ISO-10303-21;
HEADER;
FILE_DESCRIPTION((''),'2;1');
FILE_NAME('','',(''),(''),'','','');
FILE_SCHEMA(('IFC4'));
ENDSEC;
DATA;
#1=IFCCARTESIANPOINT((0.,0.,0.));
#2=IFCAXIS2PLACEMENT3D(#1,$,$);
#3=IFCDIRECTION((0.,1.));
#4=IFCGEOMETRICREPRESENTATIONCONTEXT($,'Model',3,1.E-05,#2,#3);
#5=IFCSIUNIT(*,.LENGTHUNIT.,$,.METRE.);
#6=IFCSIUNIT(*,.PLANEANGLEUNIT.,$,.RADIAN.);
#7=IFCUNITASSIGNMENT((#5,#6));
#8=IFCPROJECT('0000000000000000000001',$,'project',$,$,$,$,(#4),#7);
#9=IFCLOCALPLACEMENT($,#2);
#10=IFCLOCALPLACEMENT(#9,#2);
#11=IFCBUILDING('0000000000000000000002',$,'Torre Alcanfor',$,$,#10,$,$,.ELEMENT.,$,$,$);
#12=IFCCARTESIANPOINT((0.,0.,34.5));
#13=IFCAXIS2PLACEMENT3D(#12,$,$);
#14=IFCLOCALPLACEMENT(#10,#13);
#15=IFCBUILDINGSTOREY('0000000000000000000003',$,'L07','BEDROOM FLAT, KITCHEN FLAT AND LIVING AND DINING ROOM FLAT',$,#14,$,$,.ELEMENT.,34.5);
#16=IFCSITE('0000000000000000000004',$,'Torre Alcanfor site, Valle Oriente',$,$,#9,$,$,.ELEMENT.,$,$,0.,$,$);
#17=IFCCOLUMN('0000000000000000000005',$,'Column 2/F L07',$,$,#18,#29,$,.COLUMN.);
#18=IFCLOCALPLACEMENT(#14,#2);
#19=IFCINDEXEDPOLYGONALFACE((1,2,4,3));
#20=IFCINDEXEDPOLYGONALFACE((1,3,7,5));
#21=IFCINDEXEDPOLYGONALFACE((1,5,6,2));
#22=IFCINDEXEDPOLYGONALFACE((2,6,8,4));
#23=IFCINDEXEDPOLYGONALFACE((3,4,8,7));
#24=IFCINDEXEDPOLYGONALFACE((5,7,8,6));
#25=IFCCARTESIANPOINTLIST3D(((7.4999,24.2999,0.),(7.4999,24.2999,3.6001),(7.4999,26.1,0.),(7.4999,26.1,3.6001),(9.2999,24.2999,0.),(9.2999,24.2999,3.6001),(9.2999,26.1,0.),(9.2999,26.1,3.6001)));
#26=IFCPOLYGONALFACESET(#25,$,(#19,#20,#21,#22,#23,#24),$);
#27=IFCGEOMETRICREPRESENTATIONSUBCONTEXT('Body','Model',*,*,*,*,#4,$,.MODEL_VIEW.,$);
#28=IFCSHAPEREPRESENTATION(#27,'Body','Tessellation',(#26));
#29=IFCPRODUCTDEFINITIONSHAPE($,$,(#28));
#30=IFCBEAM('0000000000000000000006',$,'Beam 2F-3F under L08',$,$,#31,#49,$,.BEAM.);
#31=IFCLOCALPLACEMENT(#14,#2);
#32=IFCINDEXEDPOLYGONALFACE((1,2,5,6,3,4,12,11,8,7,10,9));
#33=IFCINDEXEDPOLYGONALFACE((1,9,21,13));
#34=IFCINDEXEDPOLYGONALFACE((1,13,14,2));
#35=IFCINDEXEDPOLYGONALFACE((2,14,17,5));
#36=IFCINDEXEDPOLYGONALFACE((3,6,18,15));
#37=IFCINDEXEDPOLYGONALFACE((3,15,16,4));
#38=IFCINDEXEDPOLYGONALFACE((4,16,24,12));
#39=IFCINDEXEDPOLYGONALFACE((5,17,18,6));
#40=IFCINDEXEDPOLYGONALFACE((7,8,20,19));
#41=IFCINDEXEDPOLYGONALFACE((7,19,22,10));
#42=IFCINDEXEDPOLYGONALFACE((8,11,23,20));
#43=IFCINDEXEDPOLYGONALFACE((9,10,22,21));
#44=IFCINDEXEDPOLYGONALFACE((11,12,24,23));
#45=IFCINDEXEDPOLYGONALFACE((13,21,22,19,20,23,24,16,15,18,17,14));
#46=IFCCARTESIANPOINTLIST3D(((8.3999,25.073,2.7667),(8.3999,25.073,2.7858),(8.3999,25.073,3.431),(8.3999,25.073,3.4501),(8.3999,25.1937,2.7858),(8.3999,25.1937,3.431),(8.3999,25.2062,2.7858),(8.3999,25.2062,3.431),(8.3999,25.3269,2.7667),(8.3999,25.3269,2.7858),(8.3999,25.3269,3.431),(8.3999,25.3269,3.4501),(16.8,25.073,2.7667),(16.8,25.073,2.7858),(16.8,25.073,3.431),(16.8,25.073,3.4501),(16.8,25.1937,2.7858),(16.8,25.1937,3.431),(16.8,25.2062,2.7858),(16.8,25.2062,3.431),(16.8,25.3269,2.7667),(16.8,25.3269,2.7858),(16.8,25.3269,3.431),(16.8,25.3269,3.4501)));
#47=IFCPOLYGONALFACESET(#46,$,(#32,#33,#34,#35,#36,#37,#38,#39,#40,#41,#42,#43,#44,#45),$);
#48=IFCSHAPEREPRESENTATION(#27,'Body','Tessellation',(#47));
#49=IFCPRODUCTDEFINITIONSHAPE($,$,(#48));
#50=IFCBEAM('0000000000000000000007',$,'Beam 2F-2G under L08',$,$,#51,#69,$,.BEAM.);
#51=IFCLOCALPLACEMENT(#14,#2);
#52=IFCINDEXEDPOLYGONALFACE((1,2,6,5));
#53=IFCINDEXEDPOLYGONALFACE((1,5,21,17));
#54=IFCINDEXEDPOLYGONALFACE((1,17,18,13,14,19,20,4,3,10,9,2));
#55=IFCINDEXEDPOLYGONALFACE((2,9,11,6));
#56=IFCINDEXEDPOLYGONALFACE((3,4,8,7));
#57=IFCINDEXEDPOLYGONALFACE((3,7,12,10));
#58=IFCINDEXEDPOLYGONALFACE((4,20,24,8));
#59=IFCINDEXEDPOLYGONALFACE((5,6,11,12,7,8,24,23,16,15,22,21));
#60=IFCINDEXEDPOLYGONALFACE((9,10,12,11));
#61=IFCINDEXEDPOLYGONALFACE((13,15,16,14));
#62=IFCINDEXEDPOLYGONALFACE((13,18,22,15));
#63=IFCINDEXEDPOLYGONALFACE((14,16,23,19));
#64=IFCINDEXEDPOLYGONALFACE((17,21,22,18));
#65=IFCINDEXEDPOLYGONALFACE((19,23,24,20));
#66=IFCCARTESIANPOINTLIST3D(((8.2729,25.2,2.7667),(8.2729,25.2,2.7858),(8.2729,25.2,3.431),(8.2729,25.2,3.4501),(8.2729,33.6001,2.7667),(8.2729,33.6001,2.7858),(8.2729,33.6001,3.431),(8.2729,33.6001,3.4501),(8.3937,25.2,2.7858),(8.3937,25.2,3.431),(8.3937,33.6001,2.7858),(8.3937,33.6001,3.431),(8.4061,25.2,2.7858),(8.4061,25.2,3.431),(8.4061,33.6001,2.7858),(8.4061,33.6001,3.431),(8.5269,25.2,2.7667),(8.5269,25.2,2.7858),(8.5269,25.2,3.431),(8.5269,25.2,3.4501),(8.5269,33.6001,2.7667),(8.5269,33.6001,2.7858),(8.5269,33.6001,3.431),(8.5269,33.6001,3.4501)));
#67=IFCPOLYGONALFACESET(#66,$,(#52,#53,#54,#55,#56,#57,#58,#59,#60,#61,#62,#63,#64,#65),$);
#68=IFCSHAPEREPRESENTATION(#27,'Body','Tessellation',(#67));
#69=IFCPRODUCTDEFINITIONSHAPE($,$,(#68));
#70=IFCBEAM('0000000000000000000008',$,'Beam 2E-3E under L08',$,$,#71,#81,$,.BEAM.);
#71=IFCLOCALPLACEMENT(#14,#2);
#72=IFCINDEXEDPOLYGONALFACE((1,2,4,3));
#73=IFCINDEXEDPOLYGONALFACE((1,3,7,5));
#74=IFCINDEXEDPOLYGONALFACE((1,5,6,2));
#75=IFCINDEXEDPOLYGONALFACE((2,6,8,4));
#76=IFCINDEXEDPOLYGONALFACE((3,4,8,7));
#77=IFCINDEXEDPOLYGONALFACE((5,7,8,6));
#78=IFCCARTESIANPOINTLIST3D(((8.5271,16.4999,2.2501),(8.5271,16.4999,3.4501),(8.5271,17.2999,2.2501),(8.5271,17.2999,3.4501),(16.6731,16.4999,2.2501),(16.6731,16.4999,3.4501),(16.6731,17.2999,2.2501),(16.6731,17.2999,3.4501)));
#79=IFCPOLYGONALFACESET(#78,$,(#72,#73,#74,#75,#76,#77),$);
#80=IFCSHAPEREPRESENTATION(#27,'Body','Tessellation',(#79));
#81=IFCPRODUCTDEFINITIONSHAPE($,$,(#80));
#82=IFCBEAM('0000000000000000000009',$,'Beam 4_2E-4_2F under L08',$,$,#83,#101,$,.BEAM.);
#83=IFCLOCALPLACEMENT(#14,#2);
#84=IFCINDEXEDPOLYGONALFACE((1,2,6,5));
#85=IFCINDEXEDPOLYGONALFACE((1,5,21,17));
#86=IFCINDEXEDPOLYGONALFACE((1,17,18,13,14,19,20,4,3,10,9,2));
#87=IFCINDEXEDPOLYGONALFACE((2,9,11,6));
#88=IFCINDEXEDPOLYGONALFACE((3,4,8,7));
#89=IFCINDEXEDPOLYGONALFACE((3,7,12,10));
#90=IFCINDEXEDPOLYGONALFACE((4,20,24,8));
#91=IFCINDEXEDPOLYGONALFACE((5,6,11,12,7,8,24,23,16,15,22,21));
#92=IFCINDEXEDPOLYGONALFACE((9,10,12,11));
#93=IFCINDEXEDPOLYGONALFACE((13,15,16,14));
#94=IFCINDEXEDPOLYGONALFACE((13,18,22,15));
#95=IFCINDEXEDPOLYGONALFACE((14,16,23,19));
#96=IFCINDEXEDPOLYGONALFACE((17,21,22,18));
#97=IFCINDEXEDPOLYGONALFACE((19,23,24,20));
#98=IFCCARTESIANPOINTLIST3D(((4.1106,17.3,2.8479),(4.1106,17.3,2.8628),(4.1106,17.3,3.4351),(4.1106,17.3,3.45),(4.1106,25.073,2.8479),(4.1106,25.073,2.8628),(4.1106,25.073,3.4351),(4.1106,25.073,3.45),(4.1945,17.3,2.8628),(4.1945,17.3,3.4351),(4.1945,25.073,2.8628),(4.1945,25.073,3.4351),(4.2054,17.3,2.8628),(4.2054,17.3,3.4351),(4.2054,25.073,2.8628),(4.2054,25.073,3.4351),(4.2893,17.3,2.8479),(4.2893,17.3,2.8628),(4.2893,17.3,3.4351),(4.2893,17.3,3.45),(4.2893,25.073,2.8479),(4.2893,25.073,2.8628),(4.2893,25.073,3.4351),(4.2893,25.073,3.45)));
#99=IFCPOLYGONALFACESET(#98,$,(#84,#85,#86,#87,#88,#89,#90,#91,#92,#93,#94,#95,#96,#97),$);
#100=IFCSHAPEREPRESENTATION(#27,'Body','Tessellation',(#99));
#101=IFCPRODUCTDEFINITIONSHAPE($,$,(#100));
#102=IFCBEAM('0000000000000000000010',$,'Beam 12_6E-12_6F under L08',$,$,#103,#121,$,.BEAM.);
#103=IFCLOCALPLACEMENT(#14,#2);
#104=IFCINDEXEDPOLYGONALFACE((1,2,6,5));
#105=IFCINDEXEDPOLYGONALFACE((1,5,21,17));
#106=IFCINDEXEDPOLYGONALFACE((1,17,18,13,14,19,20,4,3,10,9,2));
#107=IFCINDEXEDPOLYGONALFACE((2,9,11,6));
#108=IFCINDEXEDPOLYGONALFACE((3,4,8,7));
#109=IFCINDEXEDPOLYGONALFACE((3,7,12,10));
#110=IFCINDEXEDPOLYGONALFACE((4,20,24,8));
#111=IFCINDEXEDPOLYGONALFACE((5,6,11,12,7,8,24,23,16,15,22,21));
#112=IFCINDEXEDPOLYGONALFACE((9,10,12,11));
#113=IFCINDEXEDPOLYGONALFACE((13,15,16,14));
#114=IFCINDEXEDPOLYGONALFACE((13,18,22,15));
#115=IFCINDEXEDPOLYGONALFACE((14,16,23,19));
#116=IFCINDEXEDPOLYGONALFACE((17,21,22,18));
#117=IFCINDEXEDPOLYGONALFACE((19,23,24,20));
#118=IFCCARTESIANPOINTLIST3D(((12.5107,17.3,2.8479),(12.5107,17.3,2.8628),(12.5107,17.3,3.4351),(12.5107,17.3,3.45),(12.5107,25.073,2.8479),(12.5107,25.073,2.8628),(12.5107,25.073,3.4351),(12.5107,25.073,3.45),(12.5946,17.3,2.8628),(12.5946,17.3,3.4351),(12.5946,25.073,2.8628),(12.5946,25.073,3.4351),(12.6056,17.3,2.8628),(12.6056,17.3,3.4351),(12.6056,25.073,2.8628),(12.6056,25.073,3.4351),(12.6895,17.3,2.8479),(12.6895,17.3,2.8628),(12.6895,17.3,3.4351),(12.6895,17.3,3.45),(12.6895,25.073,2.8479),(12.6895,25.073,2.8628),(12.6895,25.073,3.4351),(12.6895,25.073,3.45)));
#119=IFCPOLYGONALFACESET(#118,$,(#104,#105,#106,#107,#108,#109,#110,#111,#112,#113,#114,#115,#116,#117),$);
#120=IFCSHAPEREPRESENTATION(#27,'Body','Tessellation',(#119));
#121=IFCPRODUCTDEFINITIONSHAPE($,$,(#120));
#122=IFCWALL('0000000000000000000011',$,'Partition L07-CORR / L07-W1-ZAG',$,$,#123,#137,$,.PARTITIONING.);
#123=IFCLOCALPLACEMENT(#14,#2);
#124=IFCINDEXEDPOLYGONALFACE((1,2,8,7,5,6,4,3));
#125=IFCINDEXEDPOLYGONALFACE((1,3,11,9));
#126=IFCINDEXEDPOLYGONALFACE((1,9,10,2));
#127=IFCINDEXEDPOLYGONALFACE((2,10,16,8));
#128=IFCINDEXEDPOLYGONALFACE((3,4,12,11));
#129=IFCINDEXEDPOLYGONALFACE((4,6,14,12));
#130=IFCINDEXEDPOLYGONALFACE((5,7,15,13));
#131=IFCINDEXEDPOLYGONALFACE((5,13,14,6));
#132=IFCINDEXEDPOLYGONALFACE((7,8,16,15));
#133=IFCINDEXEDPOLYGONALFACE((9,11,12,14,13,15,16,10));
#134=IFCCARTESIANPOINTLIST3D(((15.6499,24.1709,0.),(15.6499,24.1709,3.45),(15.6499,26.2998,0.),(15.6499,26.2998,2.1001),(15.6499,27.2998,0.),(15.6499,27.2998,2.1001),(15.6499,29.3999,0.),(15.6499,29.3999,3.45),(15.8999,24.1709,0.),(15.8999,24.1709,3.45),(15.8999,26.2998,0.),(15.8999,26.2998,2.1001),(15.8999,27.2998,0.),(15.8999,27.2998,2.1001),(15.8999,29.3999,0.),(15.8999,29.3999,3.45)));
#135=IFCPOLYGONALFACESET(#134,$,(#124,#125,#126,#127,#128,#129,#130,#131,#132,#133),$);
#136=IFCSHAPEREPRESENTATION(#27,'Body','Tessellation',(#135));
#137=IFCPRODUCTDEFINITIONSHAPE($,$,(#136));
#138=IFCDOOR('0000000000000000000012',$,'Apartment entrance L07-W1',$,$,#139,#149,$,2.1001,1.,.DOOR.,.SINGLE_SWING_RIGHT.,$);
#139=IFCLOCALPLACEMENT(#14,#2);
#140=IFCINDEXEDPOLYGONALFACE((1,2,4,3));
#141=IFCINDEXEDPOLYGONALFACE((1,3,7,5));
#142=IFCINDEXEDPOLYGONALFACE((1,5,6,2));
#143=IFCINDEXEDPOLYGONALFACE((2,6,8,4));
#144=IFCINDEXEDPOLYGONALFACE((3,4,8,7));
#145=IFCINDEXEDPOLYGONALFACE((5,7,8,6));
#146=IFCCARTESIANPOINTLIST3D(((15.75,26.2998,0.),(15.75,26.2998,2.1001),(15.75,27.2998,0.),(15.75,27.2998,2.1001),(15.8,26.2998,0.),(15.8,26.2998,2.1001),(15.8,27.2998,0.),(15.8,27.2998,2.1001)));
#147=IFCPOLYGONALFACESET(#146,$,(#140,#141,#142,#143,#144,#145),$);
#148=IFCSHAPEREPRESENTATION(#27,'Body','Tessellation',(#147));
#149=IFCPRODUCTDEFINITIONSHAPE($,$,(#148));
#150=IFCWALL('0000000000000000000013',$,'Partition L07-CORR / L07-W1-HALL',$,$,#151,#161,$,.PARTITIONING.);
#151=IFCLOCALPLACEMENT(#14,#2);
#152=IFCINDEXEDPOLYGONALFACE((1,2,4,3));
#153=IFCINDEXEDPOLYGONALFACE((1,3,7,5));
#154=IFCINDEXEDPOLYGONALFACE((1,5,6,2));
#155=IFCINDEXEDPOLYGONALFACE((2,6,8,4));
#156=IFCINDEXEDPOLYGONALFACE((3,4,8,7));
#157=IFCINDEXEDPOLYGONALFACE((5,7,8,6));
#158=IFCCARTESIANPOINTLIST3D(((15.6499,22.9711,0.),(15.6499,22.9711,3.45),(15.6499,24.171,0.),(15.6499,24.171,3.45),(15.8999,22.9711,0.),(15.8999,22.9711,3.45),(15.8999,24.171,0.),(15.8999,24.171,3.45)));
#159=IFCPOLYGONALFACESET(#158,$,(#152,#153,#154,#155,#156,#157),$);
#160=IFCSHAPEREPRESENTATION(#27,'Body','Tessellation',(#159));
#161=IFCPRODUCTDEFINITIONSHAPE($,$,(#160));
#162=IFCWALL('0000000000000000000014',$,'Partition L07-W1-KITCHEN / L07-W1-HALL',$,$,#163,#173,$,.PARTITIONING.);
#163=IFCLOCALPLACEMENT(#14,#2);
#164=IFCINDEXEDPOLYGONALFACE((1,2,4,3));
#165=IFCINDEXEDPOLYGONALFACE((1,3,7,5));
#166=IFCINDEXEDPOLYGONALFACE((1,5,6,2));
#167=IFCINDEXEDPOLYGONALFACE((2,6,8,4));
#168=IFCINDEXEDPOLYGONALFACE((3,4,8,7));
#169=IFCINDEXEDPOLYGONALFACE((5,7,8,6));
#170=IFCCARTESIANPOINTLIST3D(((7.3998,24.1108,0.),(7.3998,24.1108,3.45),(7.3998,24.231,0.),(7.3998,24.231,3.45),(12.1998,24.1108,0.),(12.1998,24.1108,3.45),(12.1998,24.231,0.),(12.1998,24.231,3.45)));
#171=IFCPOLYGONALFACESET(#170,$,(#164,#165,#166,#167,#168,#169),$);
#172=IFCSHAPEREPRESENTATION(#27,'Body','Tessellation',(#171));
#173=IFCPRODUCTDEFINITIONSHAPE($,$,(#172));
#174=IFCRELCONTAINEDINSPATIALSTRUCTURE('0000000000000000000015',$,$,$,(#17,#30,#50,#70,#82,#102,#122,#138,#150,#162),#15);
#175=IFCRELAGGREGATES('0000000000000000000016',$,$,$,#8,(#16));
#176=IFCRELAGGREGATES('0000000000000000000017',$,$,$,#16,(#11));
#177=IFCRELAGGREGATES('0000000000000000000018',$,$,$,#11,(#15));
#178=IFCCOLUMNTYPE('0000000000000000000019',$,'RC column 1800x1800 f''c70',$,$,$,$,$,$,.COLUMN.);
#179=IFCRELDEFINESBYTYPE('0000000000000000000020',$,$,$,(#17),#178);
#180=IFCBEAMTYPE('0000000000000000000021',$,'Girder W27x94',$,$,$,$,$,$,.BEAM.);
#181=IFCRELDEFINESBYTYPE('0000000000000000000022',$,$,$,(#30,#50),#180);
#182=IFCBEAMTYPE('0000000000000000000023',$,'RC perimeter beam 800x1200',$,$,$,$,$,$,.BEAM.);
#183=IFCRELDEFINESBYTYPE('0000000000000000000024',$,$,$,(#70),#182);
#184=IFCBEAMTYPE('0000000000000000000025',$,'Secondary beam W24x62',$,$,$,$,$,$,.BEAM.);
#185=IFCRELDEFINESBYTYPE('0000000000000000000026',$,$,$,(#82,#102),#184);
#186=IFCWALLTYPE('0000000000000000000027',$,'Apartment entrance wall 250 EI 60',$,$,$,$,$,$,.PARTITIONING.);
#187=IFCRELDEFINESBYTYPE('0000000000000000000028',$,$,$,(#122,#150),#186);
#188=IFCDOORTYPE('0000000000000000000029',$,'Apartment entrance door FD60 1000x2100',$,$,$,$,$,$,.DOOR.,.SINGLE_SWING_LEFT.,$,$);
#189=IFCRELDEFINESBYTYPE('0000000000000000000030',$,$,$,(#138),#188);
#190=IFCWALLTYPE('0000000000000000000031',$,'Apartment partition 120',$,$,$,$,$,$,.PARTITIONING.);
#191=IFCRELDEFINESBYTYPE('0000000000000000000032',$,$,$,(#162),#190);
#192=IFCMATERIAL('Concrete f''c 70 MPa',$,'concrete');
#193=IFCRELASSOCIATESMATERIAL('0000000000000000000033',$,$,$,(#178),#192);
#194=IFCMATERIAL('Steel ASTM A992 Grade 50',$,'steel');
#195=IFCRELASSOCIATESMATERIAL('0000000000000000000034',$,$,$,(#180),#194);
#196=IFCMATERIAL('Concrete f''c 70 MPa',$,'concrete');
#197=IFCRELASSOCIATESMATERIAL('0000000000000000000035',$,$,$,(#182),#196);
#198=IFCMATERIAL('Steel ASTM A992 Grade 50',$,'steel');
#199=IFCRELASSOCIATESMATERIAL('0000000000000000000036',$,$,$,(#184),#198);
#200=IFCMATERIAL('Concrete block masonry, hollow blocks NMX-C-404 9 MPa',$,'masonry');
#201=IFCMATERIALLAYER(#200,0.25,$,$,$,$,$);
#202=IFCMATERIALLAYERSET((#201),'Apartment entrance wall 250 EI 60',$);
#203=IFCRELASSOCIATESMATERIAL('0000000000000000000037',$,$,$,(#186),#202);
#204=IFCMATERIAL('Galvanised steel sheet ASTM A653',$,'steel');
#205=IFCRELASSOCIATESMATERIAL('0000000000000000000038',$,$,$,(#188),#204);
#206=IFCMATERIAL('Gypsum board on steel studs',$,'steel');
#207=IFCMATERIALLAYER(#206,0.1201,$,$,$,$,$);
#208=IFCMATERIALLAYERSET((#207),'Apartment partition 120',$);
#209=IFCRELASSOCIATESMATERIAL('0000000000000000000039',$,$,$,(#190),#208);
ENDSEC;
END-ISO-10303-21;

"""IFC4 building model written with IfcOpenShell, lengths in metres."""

from ifc_helpers import new_model, si_unit, direction, frame, frame_2d, origin, origin_2d, place, context, subcontext, project, spatial, rectangle, i_section, extrude, material, layer, layer_set, material_profile, profile_set, type_object, element, fill, save


model = new_model("IFC4")

# Units and contexts
model_context = context("Model", 3, precision=1e-05, world=origin(), true_north=direction((0.0, 1.0)))
body_context = subcontext(model_context, "Body", "Model", "MODEL_VIEW")
ifc_project = project(units=[si_unit("LENGTHUNIT", "METRE"), si_unit("PLANEANGLEUNIT", "RADIAN")], contexts=[model_context])

# Site, building, storey
site_placement = place(None, origin())
site = spatial("IfcSite", under=ifc_project, at=site_placement, Name="Torre Alcanfor site, Valle Oriente", CompositionType="ELEMENT", RefElevation=0.0)
building_placement = place(site_placement, origin())
building = spatial("IfcBuilding", under=site, at=building_placement, Name="Torre Alcanfor", CompositionType="ELEMENT")
storey_placement = place(building_placement, frame((0.0, 0.0, 34.5)))
storey = spatial("IfcBuildingStorey", under=building, at=storey_placement, Name="L07", Description="BEDROOM FLAT, KITCHEN FLAT AND LIVING AND DINING ROOM FLAT", CompositionType="ELEMENT", Elevation=34.5)

# Column
ifc_material_1 = material(Name="Concrete f'c 70 MPa", Category="concrete")
ifc_material_profile_1 = material_profile(ifc_material_1, rectangle(XDim=1.8, YDim=1.8, at=origin_2d()), Name="1800x1800")
ifc_profile_set_1 = profile_set([ifc_material_profile_1], Name="Concrete f'c 70 MPa")
column_type = type_object("IfcColumnType", Name="RC column 1800x1800 f'c70", PredefinedType="COLUMN", material=ifc_profile_set_1)
column_placement = place(storey_placement, frame((8.3999, 25.2, 0.0), z_axis=(0.0, 0.0, 1.0), x_axis=(1.0, 0.0, 0.0)))
element("IfcColumn", 1, at=column_placement, inside=storey, type_object=column_type, Name="Column 2/F L07", PredefinedType="COLUMN", context=body_context, shape_type="SweptSolid", body=[
    extrude(rectangle(XDim=1.8, YDim=1.8, at=origin_2d()), origin(), (0.0, 0.0, 1.0), 3.6001),
])

# Beams
ifc_material_2 = material(Name="Steel ASTM A992 Grade 50", Category="steel")
ifc_material_profile_2 = material_profile(ifc_material_2, i_section(OverallWidth=0.2539, OverallDepth=0.6833, WebThickness=0.0125, FlangeThickness=0.019, at=origin_2d()), Name="W27x94")
ifc_profile_set_2 = profile_set([ifc_material_profile_2], Name="Steel ASTM A992 Grade 50")
beam_type_1 = type_object("IfcBeamType", Name="Girder W27x94", PredefinedType="BEAM", material=ifc_profile_set_2)
for number, where, z_axis, x_axis, name in (
    (2, (8.3999, 25.2, 3.1084), (1.0, 0.0, 0.0), (0.0, 1.0, 0.0), "Beam 2F-3F under L08"),
    (3, (8.3999, 25.2, 3.1084), (0.0, 1.0, 0.0), (-1.0, 0.0, 0.0), "Beam 2F-2G under L08"),
):
    element("IfcBeam", number, at=place(storey_placement, frame(where, z_axis=z_axis, x_axis=x_axis)), inside=storey, type_object=beam_type_1, Name=name, PredefinedType="BEAM", context=body_context, shape_type="SweptSolid", body=[
        extrude(i_section(OverallWidth=0.2539, OverallDepth=0.6833, WebThickness=0.0125, FlangeThickness=0.019, at=origin_2d()), origin(), (0.0, 0.0, 1.0), 8.4001),
    ])
ifc_material_3 = material(Name="Concrete f'c 70 MPa", Category="concrete")
ifc_material_profile_3 = material_profile(ifc_material_3, rectangle(XDim=0.8, YDim=1.2, at=origin_2d()), Name="800x1200")
ifc_profile_set_3 = profile_set([ifc_material_profile_3], Name="Concrete f'c 70 MPa")
beam_type_2 = type_object("IfcBeamType", Name="RC perimeter beam 800x1200", PredefinedType="BEAM", material=ifc_profile_set_3)
beam_placement = place(storey_placement, frame((8.5271, 16.8999, 2.8501), z_axis=(1.0, 0.0, 0.0), x_axis=(0.0, 1.0, 0.0)))
element("IfcBeam", 4, at=beam_placement, inside=storey, type_object=beam_type_2, Name="Beam 2E-3E under L08", PredefinedType="BEAM", context=body_context, shape_type="SweptSolid", body=[
    extrude(rectangle(XDim=0.8, YDim=1.2, at=origin_2d()), origin(), (0.0, 0.0, 1.0), 8.146),
])
ifc_material_4 = material(Name="Steel ASTM A992 Grade 50", Category="steel")
ifc_material_profile_4 = material_profile(ifc_material_4, i_section(OverallWidth=0.1787, OverallDepth=0.6021, WebThickness=0.011, FlangeThickness=0.0149, at=origin_2d()), Name="W24x62")
ifc_profile_set_4 = profile_set([ifc_material_profile_4], Name="Steel ASTM A992 Grade 50")
beam_type_3 = type_object("IfcBeamType", Name="Secondary beam W24x62", PredefinedType="BEAM", material=ifc_profile_set_4)
for number, where, z_axis, x_axis, name in (
    (5, (4.2, 17.3, 3.1489), (0.0, 1.0, 0.0), (-1.0, 0.0, 0.0), "Beam 4_2E-4_2F under L08"),
    (6, (12.6001, 17.3, 3.1489), (0.0, 1.0, 0.0), (-1.0, 0.0, 0.0), "Beam 12_6E-12_6F under L08"),
):
    element("IfcBeam", number, at=place(storey_placement, frame(where, z_axis=z_axis, x_axis=x_axis)), inside=storey, type_object=beam_type_3, Name=name, PredefinedType="BEAM", context=body_context, shape_type="SweptSolid", body=[
        extrude(i_section(OverallWidth=0.1787, OverallDepth=0.6021, WebThickness=0.011, FlangeThickness=0.0149, at=origin_2d()), origin(), (0.0, 0.0, 1.0), 7.7729),
    ])

# Wall, opening, door
ifc_material_5 = material(Name="Concrete block masonry, hollow blocks NMX-C-404 9 MPa", Category="masonry")
ifc_layer_1 = layer(ifc_material_5, 0.25)
ifc_layer_set_1 = layer_set([ifc_layer_1], Name="Apartment entrance wall 250 EI 60")
wall_type_1 = type_object("IfcWallType", Name="Apartment entrance wall 250 EI 60", PredefinedType="PARTITIONING", material=ifc_layer_set_1)
wall_1_placement = place(storey_placement, frame((15.7749, 24.1709, 0.0), z_axis=(0.0, 0.0, 1.0), x_axis=(0.0, 1.0, 0.0)))
wall_1 = element("IfcWall", 7, at=wall_1_placement, inside=storey, type_object=wall_type_1, Name="Partition L07-CORR / L07-W1-ZAG", PredefinedType="PARTITIONING", context=body_context, shape_type="SweptSolid", body=[
    extrude(rectangle(XDim=5.229, YDim=0.25, at=frame_2d((2.6145, 0.0))), origin(), (0.0, 0.0, 1.0), 3.45),
])
opening_1_placement = place(wall_1_placement, frame((2.1289, 0.0, 0.0)))
opening_1 = element("IfcOpeningElement", 8, at=opening_1_placement, cuts=wall_1, PredefinedType="OPENING", context=body_context, shape_type="SweptSolid", body=[
    extrude(rectangle(XDim=1.0, YDim=2.1001, at=frame_2d((0.5, 1.05))), frame((0.0, 0.135, 0.0), z_axis=(0.0, -1.0, 0.0), x_axis=(1.0, 0.0, 0.0)), (0.0, 0.0, 1.0), 0.27),
])
ifc_material_6 = material(Name="Galvanised steel sheet ASTM A653", Category="steel")
door_type_1 = type_object("IfcDoorType", Name="Apartment entrance door FD60 1000x2100", OperationType="SINGLE_SWING_LEFT", PredefinedType="DOOR", material=ifc_material_6)
door_1_placement = place(opening_1_placement, origin())
door_1 = element("IfcDoor", 9, at=door_1_placement, inside=storey, type_object=door_type_1, Name="Apartment entrance L07-W1", OperationType="SINGLE_SWING_RIGHT", OverallHeight=2.1001, OverallWidth=1.0, PredefinedType="DOOR", context=body_context, shape_type="SweptSolid", body=[
    extrude(rectangle(XDim=1.0, YDim=2.1001, at=frame_2d((0.5, 1.05))), frame((0.0, 0.0249, 0.0), z_axis=(0.0, -1.0, 0.0), x_axis=(1.0, 0.0, 0.0)), (0.0, 0.0, 1.0), 0.05),
])
fill(opening_1, door_1)

# Walls
wall_2_placement = place(storey_placement, frame((15.7749, 22.9709, 0.0), z_axis=(0.0, 0.0, 1.0), x_axis=(0.0, 1.0, 0.0)))
element("IfcWall", 10, at=wall_2_placement, inside=storey, type_object=wall_type_1, Name="Partition L07-CORR / L07-W1-HALL", PredefinedType="PARTITIONING", context=body_context, shape_type="SweptSolid", body=[
    extrude(rectangle(XDim=1.2, YDim=0.25, at=frame_2d((0.6001, 0.0))), origin(), (0.0, 0.0, 1.0), 3.45),
])
ifc_material_7 = material(Name="Gypsum board on steel studs", Category="steel")
ifc_layer_2 = layer(ifc_material_7, 0.1201)
ifc_layer_set_2 = layer_set([ifc_layer_2], Name="Apartment partition 120")
wall_type_2 = type_object("IfcWallType", Name="Apartment partition 120", PredefinedType="PARTITIONING", material=ifc_layer_set_2)
wall_3_placement = place(storey_placement, frame((7.3999, 24.1709, 0.0), z_axis=(0.0, 0.0, 1.0), x_axis=(1.0, 0.0, 0.0)))
element("IfcWall", 11, at=wall_3_placement, inside=storey, type_object=wall_type_2, Name="Partition L07-W1-KITCHEN / L07-W1-HALL", PredefinedType="PARTITIONING", context=body_context, shape_type="SweptSolid", body=[
    extrude(rectangle(XDim=4.8, YDim=0.1201, at=frame_2d((2.3999, 0.0))), origin(), (0.0, 0.0, 1.0), 3.45),
])

save(model, "model.ifc")
